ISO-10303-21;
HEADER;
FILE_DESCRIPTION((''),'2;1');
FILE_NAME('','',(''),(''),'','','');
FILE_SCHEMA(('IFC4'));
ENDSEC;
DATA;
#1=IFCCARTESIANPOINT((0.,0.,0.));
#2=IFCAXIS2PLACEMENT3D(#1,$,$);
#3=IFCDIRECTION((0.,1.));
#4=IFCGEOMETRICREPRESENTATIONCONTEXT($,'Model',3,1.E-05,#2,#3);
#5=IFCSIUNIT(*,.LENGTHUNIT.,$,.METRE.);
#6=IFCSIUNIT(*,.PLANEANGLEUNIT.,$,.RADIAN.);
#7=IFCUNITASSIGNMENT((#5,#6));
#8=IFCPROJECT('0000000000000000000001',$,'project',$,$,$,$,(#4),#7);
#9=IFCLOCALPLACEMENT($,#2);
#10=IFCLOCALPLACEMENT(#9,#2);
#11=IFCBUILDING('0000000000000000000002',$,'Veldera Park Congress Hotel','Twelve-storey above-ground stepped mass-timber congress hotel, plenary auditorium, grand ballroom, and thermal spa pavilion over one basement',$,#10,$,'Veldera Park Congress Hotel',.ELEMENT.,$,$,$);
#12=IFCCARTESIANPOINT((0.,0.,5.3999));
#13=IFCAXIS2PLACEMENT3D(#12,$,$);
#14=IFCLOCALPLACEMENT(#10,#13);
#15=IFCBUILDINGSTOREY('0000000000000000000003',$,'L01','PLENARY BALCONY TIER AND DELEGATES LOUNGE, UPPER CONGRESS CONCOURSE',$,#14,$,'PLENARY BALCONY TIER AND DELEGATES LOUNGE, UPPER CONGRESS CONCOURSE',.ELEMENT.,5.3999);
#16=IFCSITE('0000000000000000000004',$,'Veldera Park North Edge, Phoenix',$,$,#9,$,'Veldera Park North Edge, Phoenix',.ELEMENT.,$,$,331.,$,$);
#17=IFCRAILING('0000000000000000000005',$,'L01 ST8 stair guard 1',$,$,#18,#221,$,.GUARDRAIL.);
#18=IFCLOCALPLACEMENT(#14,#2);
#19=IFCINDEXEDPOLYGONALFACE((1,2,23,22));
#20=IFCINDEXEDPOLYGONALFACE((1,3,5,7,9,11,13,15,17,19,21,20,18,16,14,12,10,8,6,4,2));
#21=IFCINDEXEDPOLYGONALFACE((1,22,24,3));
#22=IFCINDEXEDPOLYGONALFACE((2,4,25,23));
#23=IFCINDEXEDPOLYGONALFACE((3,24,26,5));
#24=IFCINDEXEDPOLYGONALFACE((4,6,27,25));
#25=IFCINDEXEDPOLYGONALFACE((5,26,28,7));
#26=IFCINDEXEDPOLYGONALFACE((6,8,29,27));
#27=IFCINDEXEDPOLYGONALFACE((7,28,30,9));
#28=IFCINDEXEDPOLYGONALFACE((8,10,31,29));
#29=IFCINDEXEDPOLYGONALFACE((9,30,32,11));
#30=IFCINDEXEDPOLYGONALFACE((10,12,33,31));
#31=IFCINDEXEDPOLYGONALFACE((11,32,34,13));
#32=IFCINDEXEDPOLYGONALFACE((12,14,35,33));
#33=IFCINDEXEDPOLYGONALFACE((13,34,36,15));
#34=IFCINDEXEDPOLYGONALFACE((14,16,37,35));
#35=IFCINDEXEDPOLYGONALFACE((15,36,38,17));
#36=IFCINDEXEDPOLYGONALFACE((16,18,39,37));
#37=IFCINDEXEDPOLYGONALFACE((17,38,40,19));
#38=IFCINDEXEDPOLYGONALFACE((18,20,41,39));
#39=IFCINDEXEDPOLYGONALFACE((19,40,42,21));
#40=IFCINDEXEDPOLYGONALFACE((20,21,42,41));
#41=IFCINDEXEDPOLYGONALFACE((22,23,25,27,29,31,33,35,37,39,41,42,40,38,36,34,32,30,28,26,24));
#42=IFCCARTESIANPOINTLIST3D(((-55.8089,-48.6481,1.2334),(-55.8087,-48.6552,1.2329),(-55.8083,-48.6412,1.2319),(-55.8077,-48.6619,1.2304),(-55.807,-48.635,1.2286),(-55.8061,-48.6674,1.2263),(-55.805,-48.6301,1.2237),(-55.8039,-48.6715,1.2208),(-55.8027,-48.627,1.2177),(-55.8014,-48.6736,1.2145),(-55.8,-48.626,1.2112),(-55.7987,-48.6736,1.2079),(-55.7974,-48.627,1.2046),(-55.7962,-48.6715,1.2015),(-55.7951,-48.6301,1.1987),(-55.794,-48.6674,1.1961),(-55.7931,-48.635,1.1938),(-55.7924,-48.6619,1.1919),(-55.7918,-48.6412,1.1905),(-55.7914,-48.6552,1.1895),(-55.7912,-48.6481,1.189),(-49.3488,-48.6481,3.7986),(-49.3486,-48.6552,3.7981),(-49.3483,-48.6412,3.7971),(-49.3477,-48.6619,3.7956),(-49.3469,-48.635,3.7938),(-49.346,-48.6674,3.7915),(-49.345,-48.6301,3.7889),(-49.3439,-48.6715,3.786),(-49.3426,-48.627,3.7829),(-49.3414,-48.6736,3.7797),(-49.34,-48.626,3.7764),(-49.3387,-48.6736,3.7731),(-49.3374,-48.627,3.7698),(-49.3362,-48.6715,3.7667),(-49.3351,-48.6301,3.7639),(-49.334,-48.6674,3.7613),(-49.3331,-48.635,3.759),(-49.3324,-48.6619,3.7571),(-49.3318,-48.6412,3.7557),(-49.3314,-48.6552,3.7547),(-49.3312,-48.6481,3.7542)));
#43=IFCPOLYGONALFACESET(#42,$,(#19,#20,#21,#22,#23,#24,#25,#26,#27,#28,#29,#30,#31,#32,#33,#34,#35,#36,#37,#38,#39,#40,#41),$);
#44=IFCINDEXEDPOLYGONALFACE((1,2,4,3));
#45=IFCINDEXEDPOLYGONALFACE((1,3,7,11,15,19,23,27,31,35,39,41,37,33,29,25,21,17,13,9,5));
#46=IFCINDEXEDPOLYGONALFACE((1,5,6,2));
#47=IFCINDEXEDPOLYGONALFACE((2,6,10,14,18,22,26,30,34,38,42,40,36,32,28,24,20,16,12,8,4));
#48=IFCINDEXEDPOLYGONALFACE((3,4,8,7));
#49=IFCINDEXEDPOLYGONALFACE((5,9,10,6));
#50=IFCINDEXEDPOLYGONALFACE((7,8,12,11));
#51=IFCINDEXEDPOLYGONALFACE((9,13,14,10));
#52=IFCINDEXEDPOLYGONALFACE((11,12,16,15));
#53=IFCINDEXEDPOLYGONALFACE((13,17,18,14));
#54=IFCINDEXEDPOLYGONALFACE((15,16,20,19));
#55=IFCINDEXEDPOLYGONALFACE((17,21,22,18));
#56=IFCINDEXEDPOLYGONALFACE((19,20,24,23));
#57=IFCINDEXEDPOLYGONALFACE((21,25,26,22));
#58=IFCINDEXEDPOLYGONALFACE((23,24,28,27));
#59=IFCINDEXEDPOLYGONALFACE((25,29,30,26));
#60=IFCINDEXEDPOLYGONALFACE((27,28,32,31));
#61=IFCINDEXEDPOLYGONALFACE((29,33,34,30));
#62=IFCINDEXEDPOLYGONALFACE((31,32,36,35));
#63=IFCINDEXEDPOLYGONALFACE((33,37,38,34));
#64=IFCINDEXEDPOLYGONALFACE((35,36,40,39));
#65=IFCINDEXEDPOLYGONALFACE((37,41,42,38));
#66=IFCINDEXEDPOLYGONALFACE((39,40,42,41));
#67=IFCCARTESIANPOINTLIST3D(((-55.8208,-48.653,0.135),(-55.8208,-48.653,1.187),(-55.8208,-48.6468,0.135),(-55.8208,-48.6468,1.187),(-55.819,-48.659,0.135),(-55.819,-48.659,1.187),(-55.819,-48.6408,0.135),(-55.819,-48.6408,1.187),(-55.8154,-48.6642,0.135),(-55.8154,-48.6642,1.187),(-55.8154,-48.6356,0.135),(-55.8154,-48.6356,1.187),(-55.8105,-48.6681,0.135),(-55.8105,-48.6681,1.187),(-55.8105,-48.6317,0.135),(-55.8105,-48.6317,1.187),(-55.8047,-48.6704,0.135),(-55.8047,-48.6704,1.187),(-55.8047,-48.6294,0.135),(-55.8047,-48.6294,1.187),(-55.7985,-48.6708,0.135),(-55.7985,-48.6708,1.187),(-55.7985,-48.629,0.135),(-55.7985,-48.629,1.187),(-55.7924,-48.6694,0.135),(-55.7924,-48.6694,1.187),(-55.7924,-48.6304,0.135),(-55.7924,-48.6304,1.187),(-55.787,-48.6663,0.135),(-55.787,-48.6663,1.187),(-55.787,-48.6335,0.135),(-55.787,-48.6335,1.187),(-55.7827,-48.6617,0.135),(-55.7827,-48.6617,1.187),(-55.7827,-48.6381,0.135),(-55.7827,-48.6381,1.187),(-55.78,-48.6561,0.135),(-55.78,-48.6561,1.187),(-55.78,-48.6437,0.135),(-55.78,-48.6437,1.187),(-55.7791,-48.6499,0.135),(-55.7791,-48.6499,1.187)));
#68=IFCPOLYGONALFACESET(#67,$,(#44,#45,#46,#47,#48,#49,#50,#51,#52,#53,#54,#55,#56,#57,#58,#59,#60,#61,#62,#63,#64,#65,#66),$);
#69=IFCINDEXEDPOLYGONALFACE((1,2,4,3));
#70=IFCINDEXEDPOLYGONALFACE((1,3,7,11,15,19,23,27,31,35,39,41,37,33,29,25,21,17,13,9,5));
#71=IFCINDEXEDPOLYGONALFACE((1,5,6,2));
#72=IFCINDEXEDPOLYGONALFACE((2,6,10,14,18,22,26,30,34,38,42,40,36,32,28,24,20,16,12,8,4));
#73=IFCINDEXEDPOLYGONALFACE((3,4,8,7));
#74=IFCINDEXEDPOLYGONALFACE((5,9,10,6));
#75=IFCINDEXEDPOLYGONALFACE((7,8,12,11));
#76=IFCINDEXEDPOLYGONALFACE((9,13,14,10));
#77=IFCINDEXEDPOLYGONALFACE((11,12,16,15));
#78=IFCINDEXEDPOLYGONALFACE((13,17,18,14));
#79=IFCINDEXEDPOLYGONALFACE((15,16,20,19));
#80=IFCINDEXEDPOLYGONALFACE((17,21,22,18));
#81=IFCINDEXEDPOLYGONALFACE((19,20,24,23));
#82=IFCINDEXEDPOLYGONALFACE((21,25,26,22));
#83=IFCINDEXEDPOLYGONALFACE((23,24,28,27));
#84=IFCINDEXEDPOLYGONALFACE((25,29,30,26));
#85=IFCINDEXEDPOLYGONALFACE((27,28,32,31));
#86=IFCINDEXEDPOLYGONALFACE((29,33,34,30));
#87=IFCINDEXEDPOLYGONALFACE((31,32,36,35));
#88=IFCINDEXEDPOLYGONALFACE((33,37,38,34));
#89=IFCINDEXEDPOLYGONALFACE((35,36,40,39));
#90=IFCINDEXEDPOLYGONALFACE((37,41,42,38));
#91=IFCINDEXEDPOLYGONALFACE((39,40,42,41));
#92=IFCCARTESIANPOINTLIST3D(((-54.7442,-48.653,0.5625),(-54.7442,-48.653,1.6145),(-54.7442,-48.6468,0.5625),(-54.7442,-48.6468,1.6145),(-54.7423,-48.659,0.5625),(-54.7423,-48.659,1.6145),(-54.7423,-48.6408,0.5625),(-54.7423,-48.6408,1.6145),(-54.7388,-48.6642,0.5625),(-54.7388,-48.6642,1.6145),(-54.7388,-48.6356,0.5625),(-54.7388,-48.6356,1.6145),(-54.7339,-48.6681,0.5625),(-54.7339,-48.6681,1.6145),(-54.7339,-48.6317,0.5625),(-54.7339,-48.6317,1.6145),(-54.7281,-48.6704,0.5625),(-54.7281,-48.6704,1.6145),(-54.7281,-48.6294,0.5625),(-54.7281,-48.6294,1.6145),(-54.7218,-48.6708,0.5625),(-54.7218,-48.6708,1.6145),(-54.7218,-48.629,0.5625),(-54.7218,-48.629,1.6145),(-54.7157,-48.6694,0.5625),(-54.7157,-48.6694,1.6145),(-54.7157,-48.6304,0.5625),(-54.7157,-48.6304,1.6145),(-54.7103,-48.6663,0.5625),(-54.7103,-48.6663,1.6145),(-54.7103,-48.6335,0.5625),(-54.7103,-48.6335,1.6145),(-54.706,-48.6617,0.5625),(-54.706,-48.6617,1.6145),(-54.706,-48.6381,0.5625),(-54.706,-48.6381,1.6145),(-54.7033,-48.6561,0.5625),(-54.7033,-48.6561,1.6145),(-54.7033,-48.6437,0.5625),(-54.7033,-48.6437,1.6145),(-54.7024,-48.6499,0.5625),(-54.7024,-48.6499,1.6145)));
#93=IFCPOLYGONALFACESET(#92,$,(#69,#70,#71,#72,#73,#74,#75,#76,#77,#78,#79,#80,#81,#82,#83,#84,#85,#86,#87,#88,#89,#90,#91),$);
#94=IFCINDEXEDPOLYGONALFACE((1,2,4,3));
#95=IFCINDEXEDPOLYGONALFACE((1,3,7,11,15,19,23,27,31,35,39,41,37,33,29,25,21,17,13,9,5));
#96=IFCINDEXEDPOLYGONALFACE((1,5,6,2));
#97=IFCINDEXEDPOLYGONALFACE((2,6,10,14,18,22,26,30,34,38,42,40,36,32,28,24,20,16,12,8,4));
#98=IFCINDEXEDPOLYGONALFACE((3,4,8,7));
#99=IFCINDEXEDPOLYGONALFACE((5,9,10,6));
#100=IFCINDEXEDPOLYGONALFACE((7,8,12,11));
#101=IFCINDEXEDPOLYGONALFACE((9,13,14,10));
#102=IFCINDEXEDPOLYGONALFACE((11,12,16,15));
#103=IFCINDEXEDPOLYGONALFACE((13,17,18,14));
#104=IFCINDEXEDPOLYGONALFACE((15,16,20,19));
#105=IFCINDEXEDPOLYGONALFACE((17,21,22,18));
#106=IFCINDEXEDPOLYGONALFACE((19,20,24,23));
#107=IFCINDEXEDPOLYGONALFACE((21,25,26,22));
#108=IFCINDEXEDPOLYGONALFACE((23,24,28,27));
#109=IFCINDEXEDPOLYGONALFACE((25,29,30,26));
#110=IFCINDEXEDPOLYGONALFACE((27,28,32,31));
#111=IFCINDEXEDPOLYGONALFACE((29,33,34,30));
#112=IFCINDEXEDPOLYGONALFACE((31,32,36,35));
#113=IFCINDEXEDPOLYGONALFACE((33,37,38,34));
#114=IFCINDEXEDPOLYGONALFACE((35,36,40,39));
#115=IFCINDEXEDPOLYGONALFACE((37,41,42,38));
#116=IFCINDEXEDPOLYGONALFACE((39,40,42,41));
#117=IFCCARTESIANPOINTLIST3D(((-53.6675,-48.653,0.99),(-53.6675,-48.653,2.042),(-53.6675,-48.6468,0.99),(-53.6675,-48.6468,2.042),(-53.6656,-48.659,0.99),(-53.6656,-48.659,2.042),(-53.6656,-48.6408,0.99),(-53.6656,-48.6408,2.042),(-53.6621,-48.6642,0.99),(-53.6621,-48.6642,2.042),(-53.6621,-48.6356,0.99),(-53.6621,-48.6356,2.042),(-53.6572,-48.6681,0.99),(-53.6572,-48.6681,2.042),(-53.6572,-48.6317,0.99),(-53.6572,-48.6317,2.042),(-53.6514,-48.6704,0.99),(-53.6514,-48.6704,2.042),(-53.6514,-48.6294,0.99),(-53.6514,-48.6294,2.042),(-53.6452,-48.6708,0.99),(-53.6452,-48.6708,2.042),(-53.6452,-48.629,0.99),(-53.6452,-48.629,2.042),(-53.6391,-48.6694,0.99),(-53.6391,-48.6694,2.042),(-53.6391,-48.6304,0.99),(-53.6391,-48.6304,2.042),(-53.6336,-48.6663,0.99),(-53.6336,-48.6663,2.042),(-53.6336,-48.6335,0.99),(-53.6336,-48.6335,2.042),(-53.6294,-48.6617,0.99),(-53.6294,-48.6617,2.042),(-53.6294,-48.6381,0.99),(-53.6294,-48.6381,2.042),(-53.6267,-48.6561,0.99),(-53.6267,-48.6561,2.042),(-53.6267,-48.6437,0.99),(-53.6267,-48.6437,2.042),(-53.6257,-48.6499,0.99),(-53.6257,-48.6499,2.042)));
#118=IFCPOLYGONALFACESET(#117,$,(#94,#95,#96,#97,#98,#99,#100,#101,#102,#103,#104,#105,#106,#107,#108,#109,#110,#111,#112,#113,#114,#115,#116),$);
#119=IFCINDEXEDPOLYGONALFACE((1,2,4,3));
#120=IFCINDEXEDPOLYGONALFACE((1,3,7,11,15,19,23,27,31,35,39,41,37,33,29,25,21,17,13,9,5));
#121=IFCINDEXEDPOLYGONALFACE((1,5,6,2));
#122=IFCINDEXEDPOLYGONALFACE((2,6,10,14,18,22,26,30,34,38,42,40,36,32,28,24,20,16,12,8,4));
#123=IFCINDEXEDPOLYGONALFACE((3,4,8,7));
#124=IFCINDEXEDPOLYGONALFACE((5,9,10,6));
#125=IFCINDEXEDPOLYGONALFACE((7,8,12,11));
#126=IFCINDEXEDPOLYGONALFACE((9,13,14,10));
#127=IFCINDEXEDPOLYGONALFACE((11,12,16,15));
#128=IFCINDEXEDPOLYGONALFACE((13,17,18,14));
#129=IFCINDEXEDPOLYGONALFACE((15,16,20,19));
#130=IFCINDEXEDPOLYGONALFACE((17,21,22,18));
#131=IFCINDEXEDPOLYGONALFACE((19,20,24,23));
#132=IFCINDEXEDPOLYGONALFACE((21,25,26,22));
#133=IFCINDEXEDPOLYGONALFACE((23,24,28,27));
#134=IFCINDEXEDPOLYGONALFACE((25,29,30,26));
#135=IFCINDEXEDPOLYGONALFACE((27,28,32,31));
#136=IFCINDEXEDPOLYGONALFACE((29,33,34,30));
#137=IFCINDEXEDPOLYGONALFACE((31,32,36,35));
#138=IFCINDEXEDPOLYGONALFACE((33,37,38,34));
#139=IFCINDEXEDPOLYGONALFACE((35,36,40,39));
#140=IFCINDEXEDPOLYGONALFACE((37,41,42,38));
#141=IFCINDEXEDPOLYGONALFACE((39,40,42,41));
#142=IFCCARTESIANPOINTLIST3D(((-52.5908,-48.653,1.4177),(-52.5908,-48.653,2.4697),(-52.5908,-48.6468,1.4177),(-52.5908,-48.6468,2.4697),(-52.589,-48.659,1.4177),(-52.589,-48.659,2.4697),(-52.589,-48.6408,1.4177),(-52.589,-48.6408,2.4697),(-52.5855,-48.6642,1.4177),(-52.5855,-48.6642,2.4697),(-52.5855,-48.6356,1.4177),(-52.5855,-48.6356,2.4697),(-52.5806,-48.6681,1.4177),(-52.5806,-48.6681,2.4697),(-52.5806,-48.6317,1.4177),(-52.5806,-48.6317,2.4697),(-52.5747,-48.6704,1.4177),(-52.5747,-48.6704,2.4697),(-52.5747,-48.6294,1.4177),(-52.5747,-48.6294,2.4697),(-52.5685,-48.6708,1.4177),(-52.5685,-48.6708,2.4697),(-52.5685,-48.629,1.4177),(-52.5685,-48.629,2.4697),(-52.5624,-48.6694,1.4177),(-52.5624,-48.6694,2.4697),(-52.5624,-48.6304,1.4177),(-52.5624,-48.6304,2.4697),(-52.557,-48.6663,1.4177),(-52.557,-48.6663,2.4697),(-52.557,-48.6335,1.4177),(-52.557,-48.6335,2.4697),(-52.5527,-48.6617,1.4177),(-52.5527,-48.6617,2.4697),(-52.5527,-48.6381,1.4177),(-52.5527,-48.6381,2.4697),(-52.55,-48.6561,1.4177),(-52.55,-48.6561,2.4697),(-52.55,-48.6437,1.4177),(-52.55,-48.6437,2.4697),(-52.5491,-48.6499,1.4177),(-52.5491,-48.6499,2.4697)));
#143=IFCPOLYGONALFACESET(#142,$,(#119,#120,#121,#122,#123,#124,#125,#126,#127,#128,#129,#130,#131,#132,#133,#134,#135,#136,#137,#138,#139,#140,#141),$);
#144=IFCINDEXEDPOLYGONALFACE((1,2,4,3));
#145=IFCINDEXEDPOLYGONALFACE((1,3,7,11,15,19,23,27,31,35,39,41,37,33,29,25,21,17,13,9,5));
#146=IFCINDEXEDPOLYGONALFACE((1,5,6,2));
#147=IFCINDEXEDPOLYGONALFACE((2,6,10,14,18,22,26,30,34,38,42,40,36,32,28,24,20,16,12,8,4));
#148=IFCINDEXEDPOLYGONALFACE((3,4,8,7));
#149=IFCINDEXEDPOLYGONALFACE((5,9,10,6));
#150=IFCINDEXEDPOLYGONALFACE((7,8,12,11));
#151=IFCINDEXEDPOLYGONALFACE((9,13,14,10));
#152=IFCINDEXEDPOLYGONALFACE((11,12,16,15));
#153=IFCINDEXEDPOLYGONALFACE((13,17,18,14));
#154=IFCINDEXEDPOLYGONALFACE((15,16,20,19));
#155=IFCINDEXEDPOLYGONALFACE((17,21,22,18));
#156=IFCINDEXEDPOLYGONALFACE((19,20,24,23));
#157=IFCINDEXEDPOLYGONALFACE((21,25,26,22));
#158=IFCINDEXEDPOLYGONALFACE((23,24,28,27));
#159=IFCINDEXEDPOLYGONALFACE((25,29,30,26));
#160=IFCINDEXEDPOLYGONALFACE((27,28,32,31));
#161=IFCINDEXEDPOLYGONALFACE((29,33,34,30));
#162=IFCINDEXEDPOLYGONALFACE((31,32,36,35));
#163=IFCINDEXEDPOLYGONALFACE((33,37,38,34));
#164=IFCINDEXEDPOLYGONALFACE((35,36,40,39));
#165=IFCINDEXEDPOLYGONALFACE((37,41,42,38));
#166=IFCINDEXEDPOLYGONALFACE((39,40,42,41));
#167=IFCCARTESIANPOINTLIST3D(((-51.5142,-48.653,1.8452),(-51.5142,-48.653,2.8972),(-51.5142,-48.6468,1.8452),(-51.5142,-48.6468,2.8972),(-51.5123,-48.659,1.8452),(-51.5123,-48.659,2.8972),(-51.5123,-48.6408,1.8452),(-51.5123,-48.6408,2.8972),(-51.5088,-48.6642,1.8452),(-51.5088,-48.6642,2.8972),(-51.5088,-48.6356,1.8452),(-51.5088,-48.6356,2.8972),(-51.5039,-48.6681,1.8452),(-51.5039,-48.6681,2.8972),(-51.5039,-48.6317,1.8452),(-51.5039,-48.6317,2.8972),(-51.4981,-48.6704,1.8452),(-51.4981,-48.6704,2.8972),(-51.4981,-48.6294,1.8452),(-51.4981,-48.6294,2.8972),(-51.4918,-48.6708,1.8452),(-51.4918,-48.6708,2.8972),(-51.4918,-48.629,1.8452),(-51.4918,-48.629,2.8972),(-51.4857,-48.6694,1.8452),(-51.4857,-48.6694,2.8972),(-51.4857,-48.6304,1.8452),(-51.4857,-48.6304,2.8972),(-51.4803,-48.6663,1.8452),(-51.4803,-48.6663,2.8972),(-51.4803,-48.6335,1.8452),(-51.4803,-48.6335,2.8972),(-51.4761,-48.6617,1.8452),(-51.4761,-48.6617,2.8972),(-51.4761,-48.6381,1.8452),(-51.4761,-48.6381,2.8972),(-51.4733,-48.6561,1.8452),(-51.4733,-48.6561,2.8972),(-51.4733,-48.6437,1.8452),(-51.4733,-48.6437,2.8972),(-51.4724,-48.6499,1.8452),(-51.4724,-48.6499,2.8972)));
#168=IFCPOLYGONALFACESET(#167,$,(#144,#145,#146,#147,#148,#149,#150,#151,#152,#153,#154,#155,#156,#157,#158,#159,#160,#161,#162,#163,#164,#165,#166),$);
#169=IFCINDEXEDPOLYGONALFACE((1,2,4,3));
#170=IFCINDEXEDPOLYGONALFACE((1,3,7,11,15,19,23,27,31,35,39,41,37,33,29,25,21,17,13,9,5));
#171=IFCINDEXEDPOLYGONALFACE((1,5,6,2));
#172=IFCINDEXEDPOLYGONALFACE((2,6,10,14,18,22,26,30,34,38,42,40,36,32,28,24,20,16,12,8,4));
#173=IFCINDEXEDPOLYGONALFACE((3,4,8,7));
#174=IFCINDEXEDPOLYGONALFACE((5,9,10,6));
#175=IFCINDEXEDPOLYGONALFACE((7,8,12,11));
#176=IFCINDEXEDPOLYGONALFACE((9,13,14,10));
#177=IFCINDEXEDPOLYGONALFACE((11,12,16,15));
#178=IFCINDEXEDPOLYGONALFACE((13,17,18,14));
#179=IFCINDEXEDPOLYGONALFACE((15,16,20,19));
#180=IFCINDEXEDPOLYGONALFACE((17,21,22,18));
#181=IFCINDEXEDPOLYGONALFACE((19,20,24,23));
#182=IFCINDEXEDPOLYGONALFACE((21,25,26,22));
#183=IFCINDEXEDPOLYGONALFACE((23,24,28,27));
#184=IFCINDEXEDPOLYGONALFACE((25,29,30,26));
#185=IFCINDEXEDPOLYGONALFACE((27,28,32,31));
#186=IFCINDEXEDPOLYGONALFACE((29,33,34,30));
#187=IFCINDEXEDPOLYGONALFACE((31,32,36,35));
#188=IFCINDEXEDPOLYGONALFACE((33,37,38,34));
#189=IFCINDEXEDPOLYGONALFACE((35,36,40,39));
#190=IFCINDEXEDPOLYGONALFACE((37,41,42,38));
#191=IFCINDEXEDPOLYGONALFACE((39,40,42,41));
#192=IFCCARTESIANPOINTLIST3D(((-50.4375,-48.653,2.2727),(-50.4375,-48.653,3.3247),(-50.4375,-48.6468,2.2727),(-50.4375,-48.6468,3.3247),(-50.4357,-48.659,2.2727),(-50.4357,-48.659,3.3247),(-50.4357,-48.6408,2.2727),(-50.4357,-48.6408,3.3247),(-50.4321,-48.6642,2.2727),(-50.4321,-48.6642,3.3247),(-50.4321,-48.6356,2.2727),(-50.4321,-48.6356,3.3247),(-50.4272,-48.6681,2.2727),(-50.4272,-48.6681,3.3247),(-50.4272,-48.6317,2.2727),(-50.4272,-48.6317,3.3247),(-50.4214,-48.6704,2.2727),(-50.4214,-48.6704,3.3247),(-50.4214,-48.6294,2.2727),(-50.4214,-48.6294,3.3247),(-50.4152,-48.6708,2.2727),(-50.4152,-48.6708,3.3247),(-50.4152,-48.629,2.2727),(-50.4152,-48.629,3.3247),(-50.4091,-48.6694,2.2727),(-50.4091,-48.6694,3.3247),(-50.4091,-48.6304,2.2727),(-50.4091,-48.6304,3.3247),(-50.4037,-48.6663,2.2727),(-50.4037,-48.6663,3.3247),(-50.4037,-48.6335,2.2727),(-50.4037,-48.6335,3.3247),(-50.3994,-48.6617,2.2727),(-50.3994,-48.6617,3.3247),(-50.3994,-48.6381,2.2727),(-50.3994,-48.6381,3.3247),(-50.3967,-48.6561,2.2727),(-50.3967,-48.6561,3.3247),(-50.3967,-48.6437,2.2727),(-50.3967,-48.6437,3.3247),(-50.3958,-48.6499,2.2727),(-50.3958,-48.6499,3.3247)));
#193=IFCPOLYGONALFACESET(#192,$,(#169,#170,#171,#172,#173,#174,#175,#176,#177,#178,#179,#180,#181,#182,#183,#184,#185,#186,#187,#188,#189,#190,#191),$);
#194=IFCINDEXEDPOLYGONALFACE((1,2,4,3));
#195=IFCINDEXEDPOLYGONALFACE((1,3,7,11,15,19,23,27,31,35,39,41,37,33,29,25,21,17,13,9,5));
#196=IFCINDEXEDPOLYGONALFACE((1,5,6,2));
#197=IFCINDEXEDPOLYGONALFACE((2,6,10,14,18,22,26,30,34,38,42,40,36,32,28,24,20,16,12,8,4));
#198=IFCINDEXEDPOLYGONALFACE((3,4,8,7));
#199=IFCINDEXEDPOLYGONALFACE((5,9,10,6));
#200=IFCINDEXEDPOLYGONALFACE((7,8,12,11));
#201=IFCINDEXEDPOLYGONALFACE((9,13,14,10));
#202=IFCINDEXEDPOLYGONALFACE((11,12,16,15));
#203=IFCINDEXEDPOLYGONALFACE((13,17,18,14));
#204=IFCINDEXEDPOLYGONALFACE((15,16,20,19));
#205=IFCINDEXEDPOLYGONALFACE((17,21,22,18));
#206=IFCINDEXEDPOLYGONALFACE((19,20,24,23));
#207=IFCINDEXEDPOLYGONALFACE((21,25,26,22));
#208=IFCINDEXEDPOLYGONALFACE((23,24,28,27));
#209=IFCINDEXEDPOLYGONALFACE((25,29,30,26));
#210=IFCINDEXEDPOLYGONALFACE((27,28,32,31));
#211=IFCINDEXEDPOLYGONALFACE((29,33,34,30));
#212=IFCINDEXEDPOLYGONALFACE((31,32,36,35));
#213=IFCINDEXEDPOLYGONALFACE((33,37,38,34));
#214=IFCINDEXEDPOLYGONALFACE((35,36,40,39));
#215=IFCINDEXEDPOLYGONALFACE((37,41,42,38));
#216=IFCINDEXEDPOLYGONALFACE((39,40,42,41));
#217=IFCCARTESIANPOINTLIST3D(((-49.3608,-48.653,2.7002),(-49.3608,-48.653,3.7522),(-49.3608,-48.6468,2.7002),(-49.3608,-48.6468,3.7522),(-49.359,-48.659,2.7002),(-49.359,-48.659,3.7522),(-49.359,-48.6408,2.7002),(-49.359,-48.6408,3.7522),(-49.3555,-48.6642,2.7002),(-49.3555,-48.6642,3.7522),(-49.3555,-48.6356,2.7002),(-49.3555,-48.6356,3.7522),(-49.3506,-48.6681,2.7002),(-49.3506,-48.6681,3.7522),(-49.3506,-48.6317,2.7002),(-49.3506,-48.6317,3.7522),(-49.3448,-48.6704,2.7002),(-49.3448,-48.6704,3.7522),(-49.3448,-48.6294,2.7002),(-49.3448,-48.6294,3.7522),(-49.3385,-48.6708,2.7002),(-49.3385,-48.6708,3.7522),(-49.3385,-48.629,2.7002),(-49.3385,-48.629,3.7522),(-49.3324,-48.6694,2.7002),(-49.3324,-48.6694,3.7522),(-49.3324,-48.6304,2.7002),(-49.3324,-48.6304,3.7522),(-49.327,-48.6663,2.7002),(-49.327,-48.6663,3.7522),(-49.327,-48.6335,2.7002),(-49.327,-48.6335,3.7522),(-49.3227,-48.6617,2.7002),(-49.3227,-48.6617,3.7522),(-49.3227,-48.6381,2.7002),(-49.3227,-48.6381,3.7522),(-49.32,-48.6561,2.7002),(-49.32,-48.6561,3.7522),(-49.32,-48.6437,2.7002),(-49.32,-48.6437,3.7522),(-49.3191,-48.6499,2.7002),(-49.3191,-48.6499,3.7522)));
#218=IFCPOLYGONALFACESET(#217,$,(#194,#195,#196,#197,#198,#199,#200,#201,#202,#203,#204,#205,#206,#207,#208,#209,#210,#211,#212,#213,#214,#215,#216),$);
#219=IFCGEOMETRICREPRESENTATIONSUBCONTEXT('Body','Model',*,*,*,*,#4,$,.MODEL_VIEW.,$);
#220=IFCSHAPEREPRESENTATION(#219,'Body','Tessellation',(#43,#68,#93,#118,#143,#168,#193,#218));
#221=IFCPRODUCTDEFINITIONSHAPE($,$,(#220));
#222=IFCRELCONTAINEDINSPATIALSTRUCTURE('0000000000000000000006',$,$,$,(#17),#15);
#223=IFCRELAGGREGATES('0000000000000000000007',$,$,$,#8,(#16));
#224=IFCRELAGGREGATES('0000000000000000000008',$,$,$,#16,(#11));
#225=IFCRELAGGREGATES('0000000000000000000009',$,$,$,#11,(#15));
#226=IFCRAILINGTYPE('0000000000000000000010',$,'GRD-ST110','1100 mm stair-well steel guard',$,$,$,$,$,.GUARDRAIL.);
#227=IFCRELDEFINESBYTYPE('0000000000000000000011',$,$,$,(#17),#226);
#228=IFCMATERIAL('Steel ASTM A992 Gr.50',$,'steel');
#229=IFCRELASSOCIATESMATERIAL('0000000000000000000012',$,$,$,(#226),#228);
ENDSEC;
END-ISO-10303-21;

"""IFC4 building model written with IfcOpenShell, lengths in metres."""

from ifc_helpers import new_model, si_unit, direction, frame, origin, origin_2d, place, context, subcontext, project, spatial, circle, extrude, material, type_object, element, save


model = new_model("IFC4")

# Units and contexts
model_context = context("Model", 3, precision=1e-05, world=origin(), true_north=direction((0.0, 1.0)))
body_context = subcontext(model_context, "Body", "Model", "MODEL_VIEW")
ifc_project = project(units=[si_unit("LENGTHUNIT", "METRE"), si_unit("PLANEANGLEUNIT", "RADIAN")], contexts=[model_context])

# Site, building, storey
site_placement = place(None, origin())
site = spatial("IfcSite", under=ifc_project, at=site_placement, Name="Veldera Park North Edge, Phoenix", LongName="Veldera Park North Edge, Phoenix", CompositionType="ELEMENT", RefElevation=331.0)
building_placement = place(site_placement, origin())
building = spatial("IfcBuilding", under=site, at=building_placement, Name="Veldera Park Congress Hotel", Description="Twelve-storey above-ground stepped mass-timber congress hotel, plenary auditorium, grand ballroom, and thermal spa pavilion over one basement", LongName="Veldera Park Congress Hotel", CompositionType="ELEMENT")
storey_placement = place(building_placement, frame((0.0, 0.0, 5.3999)))
storey = spatial("IfcBuildingStorey", under=building, at=storey_placement, Name="L01", Description="PLENARY BALCONY TIER AND DELEGATES LOUNGE, UPPER CONGRESS CONCOURSE", LongName="PLENARY BALCONY TIER AND DELEGATES LOUNGE, UPPER CONGRESS CONCOURSE", CompositionType="ELEMENT", Elevation=5.3999)

# Shared definitions
ifc_material_1 = material(Name="Steel ASTM A992 Gr.50", Category="steel")

# Railing
railing_type_1 = type_object("IfcRailingType", Name="GRD-ST110", Description="1100 mm stair-well steel guard", PredefinedType="GUARDRAIL", material=ifc_material_1)
railing_1_placement = place(storey_placement, frame((-55.8, -48.6499, 0.135)))
element("IfcRailing", 1, at=railing_1_placement, inside=storey, type_object=railing_type_1, Name="L01 ST8 stair guard 1", PredefinedType="GUARDRAIL", context=body_context, shape_type="SweptSolid", body=[
    extrude(circle(Radius=0.0239, at=origin_2d()), frame((0.0, 0.0, 1.0762), z_axis=(0.929406, 0.0, 0.369058), x_axis=(0.0, 1.0, 0.0)), (0.0, 0.0, 1.0), 6.9507),
    extrude(circle(Radius=0.021, at=origin_2d()), origin(), (0.0, 0.0, 1.0), 1.052),
    extrude(circle(Radius=0.021, at=origin_2d()), frame((1.0767, 0.0, 0.4275)), (0.0, 0.0, 1.0), 1.052),
    extrude(circle(Radius=0.021, at=origin_2d()), frame((2.1533, 0.0, 0.855)), (0.0, 0.0, 1.0), 1.052),
    extrude(circle(Radius=0.021, at=origin_2d()), frame((3.23, 0.0, 1.2827)), (0.0, 0.0, 1.0), 1.052),
    extrude(circle(Radius=0.021, at=origin_2d()), frame((4.3066, 0.0, 1.7102)), (0.0, 0.0, 1.0), 1.052),
    extrude(circle(Radius=0.021, at=origin_2d()), frame((5.3833, 0.0, 2.1377)), (0.0, 0.0, 1.0), 1.052),
    extrude(circle(Radius=0.021, at=origin_2d()), frame((6.46, 0.0, 2.5652)), (0.0, 0.0, 1.0), 1.052),
])

save(model, "model.ifc")
